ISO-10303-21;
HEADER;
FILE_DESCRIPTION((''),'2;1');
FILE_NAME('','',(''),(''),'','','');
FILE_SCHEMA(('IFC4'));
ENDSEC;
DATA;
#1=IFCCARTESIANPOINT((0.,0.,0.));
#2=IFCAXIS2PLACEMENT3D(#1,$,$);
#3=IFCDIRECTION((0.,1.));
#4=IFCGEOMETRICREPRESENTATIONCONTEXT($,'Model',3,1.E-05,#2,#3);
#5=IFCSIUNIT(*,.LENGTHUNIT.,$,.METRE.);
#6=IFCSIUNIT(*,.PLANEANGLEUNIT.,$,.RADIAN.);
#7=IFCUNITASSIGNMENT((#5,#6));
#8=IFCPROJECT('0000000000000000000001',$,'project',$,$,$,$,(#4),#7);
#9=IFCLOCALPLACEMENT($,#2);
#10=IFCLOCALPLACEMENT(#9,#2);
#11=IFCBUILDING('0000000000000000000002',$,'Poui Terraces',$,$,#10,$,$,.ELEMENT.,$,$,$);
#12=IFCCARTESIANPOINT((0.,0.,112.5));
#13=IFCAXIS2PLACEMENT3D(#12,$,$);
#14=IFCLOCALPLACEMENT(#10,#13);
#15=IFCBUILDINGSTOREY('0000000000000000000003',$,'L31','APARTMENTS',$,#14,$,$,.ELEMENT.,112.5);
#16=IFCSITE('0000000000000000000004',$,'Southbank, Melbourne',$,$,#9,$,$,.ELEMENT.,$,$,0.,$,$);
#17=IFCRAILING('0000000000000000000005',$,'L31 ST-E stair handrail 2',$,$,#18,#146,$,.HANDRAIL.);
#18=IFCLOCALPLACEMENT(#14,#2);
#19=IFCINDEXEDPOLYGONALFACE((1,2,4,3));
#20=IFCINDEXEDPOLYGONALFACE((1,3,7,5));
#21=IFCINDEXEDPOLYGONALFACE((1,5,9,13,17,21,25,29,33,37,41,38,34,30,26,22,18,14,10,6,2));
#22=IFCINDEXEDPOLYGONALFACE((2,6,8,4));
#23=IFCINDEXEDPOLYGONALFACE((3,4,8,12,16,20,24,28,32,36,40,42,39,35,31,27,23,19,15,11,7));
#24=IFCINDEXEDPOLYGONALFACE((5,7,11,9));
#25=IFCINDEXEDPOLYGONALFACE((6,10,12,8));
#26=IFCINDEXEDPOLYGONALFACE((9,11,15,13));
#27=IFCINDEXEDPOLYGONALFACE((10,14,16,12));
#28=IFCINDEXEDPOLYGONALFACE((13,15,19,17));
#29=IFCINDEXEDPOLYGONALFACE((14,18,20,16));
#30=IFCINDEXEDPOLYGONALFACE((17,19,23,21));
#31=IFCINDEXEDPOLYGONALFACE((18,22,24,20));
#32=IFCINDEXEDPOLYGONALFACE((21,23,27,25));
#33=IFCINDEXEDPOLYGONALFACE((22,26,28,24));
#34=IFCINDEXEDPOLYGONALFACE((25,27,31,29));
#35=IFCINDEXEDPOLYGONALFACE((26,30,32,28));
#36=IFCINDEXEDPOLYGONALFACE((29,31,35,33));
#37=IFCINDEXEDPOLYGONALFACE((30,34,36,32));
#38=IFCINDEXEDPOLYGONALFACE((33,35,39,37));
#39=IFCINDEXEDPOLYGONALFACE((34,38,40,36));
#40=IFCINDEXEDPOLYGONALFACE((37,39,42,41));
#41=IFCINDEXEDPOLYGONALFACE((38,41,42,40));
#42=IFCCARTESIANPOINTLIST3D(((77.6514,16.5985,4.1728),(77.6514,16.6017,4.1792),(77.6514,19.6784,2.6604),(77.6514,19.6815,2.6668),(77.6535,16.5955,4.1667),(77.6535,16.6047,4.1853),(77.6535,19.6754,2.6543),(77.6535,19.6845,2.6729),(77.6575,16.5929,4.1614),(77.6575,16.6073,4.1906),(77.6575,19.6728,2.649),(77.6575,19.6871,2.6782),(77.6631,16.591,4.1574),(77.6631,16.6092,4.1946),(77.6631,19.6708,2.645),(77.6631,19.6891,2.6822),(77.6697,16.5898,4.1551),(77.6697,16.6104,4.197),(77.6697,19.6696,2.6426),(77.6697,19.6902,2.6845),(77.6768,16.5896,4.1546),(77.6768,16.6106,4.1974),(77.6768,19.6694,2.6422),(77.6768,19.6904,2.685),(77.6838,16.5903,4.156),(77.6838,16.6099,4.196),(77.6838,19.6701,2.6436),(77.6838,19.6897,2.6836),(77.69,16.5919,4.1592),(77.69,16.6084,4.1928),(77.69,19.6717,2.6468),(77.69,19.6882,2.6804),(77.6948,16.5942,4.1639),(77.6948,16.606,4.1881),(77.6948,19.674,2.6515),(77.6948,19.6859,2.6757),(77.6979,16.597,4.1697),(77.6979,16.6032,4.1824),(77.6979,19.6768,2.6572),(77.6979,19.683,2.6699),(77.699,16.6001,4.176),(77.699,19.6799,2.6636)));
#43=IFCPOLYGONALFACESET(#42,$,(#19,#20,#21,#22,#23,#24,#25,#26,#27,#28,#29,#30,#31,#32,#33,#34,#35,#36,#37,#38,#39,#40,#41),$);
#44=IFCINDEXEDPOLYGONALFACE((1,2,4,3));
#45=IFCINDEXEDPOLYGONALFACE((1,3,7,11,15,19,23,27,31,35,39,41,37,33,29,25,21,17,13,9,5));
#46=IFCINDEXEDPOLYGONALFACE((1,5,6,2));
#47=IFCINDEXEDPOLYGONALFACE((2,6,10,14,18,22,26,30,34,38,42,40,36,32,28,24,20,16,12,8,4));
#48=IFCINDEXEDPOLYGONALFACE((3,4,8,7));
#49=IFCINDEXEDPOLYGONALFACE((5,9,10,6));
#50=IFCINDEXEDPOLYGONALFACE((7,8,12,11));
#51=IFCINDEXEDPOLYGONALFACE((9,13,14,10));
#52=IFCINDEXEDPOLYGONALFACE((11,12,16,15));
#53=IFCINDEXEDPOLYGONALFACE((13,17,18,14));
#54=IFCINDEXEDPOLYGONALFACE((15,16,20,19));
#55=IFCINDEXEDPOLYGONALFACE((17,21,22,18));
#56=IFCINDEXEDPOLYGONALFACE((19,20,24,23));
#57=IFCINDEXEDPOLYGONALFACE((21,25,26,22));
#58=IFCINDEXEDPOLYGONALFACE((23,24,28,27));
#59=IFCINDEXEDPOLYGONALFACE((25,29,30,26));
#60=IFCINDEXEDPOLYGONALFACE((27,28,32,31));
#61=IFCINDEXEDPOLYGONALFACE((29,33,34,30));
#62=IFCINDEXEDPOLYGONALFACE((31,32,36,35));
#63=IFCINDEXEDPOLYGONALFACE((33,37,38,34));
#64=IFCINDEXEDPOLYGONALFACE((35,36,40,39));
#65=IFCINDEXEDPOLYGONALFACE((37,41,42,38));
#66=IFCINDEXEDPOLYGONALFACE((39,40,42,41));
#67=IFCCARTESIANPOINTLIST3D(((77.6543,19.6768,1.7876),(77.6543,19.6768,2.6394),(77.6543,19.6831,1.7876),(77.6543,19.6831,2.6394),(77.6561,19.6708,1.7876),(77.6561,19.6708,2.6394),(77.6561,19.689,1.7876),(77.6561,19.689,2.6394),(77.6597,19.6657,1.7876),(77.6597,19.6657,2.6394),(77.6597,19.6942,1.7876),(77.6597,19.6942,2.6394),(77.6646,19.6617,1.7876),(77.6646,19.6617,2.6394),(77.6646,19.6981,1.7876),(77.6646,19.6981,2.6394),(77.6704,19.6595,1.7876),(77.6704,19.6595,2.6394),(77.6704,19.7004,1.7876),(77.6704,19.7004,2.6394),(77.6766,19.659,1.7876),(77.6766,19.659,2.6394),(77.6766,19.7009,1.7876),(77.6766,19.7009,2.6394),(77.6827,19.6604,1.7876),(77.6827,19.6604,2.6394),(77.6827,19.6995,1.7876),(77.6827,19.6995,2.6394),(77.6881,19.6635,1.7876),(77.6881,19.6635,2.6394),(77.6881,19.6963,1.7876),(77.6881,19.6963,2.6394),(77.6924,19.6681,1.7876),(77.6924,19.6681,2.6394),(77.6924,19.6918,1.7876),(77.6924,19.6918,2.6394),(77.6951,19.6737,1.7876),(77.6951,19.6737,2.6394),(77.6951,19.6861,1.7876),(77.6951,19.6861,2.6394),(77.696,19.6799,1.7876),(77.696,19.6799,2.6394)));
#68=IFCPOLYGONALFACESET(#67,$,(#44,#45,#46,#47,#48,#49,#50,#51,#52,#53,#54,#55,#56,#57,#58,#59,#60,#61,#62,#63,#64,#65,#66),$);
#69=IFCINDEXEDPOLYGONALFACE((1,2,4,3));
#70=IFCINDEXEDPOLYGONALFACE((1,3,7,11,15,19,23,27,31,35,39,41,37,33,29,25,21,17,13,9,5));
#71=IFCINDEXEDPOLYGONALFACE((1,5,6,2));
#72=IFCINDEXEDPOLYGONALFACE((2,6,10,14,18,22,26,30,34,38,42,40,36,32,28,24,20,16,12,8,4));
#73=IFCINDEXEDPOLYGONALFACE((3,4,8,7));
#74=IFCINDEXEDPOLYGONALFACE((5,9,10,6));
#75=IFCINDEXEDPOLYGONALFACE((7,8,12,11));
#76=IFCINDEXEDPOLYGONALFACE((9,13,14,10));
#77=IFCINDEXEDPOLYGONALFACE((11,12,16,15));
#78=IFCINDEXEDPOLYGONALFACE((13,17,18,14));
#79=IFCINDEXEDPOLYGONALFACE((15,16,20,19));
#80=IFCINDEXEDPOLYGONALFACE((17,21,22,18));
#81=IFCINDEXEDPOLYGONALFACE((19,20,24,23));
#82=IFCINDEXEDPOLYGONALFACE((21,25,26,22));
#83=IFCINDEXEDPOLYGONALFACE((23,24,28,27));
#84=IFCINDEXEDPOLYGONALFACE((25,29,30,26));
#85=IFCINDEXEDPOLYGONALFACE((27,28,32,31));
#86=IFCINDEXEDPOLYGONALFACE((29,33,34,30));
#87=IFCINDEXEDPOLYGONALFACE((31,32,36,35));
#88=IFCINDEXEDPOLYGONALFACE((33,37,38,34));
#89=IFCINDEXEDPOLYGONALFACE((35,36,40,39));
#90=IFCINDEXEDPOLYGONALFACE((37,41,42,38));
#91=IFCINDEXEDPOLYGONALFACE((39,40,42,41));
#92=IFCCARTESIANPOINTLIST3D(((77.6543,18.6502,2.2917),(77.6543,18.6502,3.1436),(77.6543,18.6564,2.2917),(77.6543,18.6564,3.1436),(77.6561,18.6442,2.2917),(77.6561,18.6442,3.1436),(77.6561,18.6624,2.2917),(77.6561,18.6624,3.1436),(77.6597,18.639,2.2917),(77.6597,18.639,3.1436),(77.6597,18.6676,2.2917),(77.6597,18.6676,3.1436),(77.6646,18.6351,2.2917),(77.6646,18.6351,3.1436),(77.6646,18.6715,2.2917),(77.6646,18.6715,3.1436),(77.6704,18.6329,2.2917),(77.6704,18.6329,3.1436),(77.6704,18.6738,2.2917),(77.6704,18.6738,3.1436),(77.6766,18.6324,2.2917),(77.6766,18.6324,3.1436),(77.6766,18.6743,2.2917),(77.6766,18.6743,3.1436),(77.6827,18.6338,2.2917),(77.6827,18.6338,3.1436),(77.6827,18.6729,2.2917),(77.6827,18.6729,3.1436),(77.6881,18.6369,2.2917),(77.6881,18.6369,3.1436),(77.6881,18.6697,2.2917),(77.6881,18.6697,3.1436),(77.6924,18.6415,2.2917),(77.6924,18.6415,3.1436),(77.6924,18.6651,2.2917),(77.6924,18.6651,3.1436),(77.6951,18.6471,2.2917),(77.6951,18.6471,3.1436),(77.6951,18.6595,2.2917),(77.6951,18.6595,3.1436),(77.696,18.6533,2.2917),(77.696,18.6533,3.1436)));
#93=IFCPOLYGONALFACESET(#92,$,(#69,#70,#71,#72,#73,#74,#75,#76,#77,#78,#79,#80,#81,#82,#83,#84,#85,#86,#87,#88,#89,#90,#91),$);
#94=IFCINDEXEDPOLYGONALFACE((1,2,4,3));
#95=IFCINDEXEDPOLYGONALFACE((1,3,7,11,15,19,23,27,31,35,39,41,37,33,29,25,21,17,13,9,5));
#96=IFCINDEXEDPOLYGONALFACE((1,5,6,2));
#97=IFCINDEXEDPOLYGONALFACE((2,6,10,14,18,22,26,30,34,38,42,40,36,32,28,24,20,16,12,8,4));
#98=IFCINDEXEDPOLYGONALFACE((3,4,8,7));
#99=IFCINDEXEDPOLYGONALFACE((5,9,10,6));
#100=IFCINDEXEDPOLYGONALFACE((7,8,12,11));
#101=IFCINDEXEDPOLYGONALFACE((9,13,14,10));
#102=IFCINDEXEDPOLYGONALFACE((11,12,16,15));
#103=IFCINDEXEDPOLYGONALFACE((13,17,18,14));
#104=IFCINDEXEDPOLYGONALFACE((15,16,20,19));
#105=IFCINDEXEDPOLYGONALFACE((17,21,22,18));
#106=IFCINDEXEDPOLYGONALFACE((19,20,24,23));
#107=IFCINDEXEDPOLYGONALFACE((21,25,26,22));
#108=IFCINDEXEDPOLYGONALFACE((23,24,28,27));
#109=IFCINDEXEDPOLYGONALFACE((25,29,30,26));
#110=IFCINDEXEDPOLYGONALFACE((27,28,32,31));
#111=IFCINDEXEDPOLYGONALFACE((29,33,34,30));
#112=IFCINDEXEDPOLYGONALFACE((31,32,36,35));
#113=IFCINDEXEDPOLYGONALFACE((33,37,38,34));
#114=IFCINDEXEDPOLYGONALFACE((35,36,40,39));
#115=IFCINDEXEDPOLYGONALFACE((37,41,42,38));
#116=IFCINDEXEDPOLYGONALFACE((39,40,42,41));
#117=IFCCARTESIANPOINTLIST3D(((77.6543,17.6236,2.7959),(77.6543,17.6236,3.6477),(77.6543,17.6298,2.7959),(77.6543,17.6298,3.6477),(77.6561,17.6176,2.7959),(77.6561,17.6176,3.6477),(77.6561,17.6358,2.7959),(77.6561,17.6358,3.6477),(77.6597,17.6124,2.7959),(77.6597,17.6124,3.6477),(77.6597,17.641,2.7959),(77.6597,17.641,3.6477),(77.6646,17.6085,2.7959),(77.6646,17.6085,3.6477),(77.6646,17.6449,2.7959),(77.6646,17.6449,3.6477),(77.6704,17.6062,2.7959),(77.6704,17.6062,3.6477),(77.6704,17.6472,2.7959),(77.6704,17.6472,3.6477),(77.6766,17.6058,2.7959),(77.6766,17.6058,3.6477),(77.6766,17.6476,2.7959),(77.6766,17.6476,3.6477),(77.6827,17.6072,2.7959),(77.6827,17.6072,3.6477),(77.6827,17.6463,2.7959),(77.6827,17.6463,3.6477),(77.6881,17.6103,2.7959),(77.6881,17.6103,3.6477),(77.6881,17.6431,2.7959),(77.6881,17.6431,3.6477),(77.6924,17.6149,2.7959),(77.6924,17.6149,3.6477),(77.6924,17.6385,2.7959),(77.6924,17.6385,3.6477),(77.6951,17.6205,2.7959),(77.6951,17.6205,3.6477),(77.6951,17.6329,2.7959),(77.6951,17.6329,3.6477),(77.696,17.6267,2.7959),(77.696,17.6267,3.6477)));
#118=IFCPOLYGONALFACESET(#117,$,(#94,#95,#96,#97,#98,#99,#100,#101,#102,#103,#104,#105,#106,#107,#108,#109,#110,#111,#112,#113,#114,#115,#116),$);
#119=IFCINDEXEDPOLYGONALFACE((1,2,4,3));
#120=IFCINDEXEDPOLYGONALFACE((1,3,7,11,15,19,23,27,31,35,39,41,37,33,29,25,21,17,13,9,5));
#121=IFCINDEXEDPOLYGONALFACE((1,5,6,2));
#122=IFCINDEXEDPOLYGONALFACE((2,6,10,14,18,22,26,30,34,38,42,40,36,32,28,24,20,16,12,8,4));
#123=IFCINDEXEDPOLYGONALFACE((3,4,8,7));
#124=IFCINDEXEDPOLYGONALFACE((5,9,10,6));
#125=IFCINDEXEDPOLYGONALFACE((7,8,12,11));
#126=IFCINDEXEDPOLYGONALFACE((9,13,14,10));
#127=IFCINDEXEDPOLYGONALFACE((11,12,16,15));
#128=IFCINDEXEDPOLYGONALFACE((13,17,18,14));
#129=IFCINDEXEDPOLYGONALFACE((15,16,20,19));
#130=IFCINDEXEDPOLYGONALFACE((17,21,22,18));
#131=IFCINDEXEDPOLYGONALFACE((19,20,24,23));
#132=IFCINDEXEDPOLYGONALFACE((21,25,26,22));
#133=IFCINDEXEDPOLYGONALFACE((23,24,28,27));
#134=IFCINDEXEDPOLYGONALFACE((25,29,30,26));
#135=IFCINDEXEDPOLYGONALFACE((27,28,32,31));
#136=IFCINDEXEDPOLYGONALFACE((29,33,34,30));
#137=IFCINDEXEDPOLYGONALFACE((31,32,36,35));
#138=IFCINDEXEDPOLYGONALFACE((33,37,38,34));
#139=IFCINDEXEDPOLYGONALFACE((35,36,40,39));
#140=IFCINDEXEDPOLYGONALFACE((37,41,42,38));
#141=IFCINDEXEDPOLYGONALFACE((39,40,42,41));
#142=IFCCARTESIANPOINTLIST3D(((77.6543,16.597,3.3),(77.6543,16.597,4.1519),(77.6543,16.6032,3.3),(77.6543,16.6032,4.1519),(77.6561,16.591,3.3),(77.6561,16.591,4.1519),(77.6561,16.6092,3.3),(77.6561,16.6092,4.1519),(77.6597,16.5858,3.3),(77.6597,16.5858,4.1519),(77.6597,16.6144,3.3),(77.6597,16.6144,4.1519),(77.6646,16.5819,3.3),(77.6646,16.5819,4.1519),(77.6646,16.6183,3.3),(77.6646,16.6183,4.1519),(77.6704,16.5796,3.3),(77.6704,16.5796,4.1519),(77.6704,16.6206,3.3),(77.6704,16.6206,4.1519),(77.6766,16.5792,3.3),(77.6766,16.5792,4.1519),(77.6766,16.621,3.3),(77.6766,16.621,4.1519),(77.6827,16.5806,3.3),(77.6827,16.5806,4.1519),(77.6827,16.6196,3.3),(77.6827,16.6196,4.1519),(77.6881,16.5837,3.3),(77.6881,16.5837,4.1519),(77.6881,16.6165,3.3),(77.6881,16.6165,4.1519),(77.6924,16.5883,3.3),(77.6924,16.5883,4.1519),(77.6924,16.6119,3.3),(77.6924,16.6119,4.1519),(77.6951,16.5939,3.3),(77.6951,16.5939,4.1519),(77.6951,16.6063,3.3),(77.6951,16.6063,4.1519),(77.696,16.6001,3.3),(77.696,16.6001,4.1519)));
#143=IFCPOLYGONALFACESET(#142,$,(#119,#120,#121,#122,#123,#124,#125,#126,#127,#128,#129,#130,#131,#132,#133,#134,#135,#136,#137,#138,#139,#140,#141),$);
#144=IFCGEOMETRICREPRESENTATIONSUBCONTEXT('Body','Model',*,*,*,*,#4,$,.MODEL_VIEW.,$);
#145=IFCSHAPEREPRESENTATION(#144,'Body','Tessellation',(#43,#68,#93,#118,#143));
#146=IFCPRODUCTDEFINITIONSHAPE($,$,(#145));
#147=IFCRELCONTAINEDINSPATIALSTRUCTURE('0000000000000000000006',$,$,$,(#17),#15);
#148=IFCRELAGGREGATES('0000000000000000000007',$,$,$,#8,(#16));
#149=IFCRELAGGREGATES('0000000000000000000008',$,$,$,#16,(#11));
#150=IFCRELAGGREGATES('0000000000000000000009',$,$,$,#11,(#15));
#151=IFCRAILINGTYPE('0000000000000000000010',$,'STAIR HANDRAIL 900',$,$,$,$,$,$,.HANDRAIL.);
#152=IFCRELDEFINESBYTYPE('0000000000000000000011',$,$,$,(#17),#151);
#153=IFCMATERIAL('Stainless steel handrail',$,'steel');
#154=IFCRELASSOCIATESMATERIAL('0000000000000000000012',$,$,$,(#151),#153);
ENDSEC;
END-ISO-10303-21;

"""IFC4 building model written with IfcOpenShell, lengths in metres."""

from ifc_helpers import new_model, si_unit, direction, frame, origin, origin_2d, place, context, subcontext, project, spatial, circle, extrude, material, type_object, element, save


model = new_model("IFC4")

# Units and contexts
model_context = context("Model", 3, precision=1e-05, world=origin(), true_north=direction((0.0, 1.0)))
body_context = subcontext(model_context, "Body", "Model", "MODEL_VIEW")
ifc_project = project(units=[si_unit("LENGTHUNIT", "METRE"), si_unit("PLANEANGLEUNIT", "RADIAN")], contexts=[model_context])

# Site, building, storey
site_placement = place(None, origin())
site = spatial("IfcSite", under=ifc_project, at=site_placement, Name="Southbank, Melbourne", CompositionType="ELEMENT", RefElevation=0.0)
building_placement = place(site_placement, origin())
building = spatial("IfcBuilding", under=site, at=building_placement, Name="Poui Terraces", CompositionType="ELEMENT")
storey_placement = place(building_placement, frame((0.0, 0.0, 112.5)))
storey = spatial("IfcBuildingStorey", under=building, at=storey_placement, Name="L31", Description="APARTMENTS", CompositionType="ELEMENT", Elevation=112.5)

# Railing
ifc_material_1 = material(Name="Stainless steel handrail", Category="steel")
railing_type_1 = type_object("IfcRailingType", Name="STAIR HANDRAIL 900", PredefinedType="HANDRAIL", material=ifc_material_1)
railing_1_placement = place(storey_placement, frame((77.675, 19.6799, 1.7876)))
element("IfcRailing", 1, at=railing_1_placement, inside=storey, type_object=railing_type_1, Name="L31 ST-E stair handrail 2", PredefinedType="HANDRAIL", context=body_context, shape_type="SweptSolid", body=[
    extrude(circle(Radius=0.0239, at=origin_2d()), frame((0.0, 0.0, 0.876), z_axis=(0.0, -0.897606, 0.440798), x_axis=(1.0, 0.0, 0.0)), (0.0, 0.0, 1.0), 3.4312),
    extrude(circle(Radius=0.021, at=origin_2d()), origin(), (0.0, 0.0, 1.0), 0.8518),
    extrude(circle(Radius=0.021, at=origin_2d()), frame((0.0, -1.0266, 0.5042)), (0.0, 0.0, 1.0), 0.8518),
    extrude(circle(Radius=0.021, at=origin_2d()), frame((0.0, -2.0532, 1.0083)), (0.0, 0.0, 1.0), 0.8518),
    extrude(circle(Radius=0.021, at=origin_2d()), frame((0.0, -3.0798, 1.5125)), (0.0, 0.0, 1.0), 0.8518),
])

save(model, "model.ifc")
